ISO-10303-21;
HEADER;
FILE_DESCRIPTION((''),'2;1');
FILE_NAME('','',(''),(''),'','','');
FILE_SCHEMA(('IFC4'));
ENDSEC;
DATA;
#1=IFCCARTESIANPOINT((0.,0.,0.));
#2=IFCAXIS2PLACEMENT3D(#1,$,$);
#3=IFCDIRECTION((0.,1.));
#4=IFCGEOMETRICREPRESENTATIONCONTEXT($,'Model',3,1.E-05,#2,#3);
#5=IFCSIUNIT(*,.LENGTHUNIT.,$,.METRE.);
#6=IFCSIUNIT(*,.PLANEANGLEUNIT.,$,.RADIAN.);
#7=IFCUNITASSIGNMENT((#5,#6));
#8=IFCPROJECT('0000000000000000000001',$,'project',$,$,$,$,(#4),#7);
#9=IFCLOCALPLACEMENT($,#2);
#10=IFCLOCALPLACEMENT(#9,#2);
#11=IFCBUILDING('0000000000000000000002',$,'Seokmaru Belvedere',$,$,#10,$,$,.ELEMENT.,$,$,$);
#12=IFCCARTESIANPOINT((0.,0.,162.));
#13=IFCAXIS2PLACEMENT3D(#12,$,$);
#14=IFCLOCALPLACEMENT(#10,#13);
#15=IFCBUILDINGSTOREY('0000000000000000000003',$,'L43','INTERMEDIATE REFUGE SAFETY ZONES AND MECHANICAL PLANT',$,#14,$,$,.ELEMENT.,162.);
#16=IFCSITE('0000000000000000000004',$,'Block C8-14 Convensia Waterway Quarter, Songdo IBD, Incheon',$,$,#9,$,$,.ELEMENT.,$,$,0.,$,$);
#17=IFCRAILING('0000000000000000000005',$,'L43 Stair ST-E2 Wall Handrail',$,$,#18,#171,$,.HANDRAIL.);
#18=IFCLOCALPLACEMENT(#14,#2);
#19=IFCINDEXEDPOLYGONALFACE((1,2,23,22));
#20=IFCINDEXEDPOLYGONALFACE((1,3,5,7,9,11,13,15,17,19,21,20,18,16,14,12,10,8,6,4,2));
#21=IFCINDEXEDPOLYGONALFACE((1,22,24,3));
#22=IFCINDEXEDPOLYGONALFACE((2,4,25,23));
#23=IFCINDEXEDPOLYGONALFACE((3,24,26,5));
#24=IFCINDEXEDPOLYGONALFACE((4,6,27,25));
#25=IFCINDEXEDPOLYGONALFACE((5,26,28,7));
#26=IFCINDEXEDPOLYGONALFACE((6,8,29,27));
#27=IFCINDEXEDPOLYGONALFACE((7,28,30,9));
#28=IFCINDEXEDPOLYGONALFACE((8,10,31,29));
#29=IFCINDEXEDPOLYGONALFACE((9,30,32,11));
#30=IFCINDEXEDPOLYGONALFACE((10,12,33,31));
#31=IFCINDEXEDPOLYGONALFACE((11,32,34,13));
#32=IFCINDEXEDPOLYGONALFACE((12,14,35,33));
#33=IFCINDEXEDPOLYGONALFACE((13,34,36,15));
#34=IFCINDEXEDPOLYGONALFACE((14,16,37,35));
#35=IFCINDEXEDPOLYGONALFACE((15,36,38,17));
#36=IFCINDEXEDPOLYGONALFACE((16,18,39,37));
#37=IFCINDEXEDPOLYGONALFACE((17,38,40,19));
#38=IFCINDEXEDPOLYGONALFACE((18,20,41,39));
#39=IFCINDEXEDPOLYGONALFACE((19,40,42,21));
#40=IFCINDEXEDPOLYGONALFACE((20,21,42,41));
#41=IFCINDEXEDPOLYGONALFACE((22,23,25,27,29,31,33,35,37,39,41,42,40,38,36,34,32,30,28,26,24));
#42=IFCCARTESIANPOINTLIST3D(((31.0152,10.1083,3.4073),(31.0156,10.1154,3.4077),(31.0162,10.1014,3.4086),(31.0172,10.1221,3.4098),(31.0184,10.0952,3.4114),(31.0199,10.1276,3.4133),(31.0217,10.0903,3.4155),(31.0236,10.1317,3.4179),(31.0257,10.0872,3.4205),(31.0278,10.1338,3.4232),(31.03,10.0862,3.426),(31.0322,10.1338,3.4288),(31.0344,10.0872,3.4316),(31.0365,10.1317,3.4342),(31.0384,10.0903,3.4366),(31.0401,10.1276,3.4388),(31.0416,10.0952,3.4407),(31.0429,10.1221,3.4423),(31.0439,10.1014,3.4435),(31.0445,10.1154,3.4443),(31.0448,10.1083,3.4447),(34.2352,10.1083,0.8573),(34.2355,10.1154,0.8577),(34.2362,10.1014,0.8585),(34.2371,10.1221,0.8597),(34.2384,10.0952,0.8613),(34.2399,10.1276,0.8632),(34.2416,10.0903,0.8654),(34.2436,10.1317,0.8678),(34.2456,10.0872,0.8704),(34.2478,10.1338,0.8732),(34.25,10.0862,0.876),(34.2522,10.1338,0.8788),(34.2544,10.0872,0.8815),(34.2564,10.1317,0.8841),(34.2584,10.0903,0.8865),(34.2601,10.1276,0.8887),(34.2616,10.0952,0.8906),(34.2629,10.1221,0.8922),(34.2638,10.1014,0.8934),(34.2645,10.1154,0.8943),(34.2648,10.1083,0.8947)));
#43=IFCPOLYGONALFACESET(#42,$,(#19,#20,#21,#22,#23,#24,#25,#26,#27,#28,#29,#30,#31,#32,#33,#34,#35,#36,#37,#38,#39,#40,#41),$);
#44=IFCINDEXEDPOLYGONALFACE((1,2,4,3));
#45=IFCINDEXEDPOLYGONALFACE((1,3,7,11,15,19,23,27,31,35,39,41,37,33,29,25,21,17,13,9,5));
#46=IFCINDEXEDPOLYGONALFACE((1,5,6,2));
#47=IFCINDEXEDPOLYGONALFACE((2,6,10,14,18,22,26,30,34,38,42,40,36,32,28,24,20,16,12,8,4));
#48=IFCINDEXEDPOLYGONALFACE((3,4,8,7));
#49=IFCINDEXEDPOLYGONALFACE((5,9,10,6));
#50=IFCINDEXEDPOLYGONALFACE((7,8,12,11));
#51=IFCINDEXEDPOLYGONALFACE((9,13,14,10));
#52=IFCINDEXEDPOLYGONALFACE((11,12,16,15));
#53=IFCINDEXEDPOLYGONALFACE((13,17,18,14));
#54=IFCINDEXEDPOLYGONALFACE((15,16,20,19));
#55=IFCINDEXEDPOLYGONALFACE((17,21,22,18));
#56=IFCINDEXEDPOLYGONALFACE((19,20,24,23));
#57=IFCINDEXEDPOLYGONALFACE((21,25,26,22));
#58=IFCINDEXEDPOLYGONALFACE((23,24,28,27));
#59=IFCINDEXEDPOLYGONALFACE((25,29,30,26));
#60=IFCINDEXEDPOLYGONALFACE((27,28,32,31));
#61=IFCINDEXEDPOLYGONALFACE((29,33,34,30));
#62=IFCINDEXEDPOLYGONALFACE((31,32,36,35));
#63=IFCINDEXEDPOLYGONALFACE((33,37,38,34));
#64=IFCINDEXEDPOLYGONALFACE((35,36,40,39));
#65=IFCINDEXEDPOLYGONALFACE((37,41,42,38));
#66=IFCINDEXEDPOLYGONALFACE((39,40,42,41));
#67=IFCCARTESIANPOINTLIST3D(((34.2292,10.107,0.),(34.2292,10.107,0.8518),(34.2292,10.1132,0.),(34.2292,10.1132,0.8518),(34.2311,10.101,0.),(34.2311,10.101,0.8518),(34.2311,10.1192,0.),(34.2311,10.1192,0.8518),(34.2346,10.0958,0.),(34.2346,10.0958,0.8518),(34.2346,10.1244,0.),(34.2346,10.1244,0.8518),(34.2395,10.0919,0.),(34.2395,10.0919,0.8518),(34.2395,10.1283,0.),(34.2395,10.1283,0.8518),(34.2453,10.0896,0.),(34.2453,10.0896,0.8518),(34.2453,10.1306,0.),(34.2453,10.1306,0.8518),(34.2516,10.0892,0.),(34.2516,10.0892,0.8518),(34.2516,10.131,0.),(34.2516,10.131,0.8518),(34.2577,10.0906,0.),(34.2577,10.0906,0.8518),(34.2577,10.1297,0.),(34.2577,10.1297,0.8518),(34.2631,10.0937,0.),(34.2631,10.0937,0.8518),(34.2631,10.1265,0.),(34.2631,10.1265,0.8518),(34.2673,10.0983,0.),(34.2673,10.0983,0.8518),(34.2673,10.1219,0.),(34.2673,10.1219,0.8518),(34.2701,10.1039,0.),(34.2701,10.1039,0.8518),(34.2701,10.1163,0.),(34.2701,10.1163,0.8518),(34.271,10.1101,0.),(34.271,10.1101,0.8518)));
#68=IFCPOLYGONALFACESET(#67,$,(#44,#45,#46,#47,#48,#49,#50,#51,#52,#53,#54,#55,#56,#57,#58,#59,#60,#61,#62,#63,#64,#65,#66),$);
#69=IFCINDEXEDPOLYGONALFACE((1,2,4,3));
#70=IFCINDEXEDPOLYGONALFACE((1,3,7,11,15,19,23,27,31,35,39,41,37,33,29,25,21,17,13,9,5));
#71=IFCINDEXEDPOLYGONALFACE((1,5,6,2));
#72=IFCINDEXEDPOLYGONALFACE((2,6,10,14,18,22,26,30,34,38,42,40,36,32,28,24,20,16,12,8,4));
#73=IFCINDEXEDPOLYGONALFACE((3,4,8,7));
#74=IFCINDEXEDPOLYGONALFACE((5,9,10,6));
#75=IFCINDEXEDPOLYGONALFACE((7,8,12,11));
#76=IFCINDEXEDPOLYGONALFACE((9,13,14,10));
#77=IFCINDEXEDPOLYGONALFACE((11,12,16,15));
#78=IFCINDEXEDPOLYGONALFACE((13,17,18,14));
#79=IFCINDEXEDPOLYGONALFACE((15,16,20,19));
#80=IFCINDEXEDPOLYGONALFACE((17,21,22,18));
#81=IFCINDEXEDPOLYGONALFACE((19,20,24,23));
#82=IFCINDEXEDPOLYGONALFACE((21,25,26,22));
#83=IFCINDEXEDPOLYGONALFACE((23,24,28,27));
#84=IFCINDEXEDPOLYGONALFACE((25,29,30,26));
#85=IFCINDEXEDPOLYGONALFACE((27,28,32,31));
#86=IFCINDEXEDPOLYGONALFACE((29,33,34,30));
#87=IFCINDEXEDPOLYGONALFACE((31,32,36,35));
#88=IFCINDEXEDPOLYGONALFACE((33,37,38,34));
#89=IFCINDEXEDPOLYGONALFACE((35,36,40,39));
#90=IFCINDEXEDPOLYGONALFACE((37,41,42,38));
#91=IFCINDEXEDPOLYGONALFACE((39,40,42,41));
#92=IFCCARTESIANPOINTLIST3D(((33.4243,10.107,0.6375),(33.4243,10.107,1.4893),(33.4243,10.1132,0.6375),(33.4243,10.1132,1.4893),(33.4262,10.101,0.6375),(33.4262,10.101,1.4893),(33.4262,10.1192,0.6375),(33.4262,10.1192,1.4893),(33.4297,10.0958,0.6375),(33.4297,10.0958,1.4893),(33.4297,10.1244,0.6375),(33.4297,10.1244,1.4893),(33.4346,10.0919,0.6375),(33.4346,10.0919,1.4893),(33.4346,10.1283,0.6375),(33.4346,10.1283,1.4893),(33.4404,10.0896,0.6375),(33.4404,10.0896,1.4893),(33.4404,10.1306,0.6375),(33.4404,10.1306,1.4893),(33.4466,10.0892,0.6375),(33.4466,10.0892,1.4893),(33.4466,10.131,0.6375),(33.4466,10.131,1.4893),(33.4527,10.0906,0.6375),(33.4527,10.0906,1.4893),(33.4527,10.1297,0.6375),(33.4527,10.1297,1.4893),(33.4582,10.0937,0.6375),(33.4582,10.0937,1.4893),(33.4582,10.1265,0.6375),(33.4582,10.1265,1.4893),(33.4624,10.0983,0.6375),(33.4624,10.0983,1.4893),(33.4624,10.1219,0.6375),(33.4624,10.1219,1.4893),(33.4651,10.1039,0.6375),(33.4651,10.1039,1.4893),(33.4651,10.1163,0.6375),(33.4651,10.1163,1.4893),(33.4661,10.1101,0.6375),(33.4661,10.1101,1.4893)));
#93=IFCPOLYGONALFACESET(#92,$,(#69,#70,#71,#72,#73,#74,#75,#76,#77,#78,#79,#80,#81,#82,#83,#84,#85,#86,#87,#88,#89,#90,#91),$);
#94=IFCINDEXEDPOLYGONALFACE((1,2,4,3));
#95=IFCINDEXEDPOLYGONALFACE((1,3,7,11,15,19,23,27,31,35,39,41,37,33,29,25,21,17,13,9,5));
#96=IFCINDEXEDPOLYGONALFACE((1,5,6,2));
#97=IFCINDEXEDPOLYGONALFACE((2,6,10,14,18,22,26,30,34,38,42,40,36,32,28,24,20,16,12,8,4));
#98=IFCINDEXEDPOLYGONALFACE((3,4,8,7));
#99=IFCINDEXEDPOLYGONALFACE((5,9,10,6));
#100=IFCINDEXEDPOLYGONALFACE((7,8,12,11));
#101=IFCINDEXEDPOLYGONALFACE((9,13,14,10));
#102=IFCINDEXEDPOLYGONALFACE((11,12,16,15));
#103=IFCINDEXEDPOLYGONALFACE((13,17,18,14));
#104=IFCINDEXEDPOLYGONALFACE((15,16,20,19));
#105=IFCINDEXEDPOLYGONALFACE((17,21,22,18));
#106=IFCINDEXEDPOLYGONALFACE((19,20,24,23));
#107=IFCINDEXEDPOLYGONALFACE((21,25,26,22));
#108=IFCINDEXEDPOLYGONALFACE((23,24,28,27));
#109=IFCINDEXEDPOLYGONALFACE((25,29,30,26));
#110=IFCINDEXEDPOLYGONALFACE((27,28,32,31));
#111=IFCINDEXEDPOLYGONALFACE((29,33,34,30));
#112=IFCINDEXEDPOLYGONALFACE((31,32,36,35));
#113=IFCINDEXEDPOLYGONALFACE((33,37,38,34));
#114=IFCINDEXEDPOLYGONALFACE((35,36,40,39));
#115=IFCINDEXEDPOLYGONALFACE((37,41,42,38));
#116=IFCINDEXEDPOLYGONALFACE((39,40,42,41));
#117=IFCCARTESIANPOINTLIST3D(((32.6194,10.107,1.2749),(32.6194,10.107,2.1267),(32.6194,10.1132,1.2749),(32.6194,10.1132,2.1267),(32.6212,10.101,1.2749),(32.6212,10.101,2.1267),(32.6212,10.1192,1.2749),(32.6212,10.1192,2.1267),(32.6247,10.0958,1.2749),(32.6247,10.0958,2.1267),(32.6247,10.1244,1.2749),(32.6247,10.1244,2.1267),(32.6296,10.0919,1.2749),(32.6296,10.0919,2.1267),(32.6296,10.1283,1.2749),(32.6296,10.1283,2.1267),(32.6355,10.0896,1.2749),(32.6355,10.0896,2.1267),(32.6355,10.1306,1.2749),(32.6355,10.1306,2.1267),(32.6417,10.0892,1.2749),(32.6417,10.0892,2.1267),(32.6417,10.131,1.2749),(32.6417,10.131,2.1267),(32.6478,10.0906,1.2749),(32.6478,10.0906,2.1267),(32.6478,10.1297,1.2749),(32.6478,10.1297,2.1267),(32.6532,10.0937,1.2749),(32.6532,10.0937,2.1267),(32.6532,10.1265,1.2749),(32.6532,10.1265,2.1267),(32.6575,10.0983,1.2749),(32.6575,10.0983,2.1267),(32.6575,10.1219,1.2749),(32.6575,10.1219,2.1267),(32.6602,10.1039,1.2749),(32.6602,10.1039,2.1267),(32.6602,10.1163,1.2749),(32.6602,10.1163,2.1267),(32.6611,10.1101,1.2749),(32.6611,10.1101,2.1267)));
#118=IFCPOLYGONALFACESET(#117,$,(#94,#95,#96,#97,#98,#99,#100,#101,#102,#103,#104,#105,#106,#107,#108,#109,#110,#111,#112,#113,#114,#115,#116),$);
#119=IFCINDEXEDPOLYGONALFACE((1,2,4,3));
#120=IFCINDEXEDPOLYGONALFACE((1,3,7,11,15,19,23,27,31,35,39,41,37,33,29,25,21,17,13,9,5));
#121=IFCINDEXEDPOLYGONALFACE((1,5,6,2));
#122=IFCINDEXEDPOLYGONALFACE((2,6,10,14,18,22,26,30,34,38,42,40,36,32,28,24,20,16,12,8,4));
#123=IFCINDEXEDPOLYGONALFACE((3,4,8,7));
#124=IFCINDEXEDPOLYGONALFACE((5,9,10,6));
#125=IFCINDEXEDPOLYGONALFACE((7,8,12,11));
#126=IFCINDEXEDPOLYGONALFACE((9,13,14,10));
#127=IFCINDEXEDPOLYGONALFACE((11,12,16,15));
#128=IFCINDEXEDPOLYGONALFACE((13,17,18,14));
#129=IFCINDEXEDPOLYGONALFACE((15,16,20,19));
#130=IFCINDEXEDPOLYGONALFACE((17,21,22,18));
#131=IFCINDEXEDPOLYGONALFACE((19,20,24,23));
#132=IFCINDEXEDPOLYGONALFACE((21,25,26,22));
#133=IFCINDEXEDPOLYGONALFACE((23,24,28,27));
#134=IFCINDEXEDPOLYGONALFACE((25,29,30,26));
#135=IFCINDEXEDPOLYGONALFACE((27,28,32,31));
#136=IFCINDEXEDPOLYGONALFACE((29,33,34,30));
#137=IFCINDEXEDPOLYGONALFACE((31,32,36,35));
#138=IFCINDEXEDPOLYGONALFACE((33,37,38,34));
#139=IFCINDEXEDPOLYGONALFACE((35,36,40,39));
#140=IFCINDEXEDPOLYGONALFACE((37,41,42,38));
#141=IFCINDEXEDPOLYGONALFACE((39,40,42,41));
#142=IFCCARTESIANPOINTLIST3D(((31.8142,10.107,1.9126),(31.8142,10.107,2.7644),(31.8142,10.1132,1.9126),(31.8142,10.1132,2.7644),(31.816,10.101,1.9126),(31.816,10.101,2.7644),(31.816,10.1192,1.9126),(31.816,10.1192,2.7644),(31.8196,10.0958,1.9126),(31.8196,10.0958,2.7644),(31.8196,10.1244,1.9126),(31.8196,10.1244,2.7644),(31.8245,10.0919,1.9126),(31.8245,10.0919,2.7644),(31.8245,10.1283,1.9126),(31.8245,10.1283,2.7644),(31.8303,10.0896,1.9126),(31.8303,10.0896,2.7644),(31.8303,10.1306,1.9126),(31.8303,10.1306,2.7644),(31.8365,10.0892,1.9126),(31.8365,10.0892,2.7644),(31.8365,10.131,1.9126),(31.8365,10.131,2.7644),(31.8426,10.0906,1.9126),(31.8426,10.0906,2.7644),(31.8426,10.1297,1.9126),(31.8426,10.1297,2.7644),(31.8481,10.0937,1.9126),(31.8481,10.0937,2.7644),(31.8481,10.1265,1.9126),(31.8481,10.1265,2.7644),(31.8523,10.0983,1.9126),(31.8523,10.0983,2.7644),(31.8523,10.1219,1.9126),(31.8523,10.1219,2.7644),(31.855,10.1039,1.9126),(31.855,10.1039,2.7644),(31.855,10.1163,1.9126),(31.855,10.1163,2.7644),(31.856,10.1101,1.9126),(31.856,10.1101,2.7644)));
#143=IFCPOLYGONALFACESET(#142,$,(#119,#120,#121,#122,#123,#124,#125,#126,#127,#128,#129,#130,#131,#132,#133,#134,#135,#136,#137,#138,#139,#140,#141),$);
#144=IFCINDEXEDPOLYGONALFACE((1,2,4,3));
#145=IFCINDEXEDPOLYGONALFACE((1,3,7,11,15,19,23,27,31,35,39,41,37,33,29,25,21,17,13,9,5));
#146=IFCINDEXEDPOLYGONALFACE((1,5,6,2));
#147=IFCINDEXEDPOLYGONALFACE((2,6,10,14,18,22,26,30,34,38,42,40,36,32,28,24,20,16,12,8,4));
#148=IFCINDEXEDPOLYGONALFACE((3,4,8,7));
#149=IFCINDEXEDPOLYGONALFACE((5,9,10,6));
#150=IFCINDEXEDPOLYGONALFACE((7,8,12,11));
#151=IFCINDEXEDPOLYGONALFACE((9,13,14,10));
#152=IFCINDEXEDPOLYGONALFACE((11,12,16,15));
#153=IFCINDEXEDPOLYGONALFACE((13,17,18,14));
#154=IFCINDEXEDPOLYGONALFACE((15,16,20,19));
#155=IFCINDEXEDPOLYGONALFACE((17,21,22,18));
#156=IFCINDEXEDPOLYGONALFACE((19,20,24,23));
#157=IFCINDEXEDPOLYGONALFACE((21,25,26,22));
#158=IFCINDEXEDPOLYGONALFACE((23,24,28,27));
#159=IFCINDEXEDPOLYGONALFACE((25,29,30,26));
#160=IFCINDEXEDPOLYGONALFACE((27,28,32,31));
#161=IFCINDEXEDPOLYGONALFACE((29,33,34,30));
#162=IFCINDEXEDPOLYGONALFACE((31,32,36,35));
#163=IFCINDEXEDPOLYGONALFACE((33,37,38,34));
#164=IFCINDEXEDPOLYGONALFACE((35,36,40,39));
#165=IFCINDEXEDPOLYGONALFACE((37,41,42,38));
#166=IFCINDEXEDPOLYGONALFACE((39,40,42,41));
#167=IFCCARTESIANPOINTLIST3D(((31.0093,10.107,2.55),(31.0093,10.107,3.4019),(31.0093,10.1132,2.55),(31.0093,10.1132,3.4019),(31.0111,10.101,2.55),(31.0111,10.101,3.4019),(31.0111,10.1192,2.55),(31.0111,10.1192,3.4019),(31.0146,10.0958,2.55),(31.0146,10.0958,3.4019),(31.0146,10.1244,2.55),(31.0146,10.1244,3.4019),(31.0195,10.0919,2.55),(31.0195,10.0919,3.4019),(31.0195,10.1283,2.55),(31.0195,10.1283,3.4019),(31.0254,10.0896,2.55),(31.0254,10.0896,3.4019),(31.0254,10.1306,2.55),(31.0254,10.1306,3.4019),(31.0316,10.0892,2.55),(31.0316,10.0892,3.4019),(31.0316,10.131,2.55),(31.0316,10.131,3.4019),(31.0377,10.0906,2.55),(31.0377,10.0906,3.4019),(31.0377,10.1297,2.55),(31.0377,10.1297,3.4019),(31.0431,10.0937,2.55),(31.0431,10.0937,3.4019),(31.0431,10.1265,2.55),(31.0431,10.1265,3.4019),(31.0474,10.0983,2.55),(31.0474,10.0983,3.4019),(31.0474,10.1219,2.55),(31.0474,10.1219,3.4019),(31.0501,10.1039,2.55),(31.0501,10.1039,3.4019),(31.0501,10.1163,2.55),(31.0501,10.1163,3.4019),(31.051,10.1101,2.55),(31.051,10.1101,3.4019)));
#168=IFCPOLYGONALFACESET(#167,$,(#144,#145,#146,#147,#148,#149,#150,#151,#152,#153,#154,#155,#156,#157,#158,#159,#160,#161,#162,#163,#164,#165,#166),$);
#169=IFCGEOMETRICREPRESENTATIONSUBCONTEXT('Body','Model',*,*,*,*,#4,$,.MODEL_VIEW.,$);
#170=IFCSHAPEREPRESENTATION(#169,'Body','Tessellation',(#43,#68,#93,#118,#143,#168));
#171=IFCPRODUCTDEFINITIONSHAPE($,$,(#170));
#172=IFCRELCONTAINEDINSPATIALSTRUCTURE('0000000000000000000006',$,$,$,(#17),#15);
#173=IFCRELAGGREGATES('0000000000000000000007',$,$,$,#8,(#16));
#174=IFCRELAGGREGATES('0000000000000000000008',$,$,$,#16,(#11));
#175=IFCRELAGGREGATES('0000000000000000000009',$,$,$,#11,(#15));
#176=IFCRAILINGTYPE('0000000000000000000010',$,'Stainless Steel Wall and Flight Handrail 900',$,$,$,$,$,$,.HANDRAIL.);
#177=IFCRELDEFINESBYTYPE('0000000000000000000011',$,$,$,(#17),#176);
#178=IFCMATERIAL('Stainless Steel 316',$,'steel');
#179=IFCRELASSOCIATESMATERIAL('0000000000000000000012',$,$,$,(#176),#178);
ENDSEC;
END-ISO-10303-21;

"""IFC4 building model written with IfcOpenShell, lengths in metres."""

from ifc_helpers import new_model, si_unit, direction, frame, origin, origin_2d, place, context, subcontext, project, spatial, circle, extrude, material, type_object, element, save


model = new_model("IFC4")

# Units and contexts
model_context = context("Model", 3, precision=1e-05, world=origin(), true_north=direction((0.0, 1.0)))
body_context = subcontext(model_context, "Body", "Model", "MODEL_VIEW")
ifc_project = project(units=[si_unit("LENGTHUNIT", "METRE"), si_unit("PLANEANGLEUNIT", "RADIAN")], contexts=[model_context])

# Site, building, storey
site_placement = place(None, origin())
site = spatial("IfcSite", under=ifc_project, at=site_placement, Name="Block C8-14 Convensia Waterway Quarter, Songdo IBD, Incheon", CompositionType="ELEMENT", RefElevation=0.0)
building_placement = place(site_placement, origin())
building = spatial("IfcBuilding", under=site, at=building_placement, Name="Seokmaru Belvedere", CompositionType="ELEMENT")
storey_placement = place(building_placement, frame((0.0, 0.0, 162.0)))
storey = spatial("IfcBuildingStorey", under=building, at=storey_placement, Name="L43", Description="INTERMEDIATE REFUGE SAFETY ZONES AND MECHANICAL PLANT", CompositionType="ELEMENT", Elevation=162.0)

# Shared definitions
ifc_material_1 = material(Name="Stainless Steel 316", Category="steel")

# Railing
railing_type_1 = type_object("IfcRailingType", Name="Stainless Steel Wall and Flight Handrail 900", PredefinedType="HANDRAIL", material=ifc_material_1)
railing_1_placement = place(storey_placement, frame((34.25, 10.1101, 0.0)))
element("IfcRailing", 1, at=railing_1_placement, inside=storey, type_object=railing_type_1, Name="L43 Stair ST-E2 Wall Handrail", PredefinedType="HANDRAIL", context=body_context, shape_type="SweptSolid", body=[
    extrude(circle(Radius=0.0239, at=origin_2d()), frame((0.0, 0.0, 0.876), z_axis=(-0.783939, 0.0, 0.620838), x_axis=(0.0, -1.0, 0.0)), (0.0, 0.0, 1.0), 4.1074),
    extrude(circle(Radius=0.021, at=origin_2d()), origin(), (0.0, 0.0, 1.0), 0.8518),
    extrude(circle(Radius=0.021, at=origin_2d()), frame((-0.8049, 0.0, 0.6375)), (0.0, 0.0, 1.0), 0.8518),
    extrude(circle(Radius=0.021, at=origin_2d()), frame((-1.6099, 0.0, 1.2749)), (0.0, 0.0, 1.0), 0.8518),
    extrude(circle(Radius=0.021, at=origin_2d()), frame((-2.415, 0.0, 1.9126)), (0.0, 0.0, 1.0), 0.8518),
    extrude(circle(Radius=0.021, at=origin_2d()), frame((-3.22, 0.0, 2.55)), (0.0, 0.0, 1.0), 0.8518),
])

save(model, "model.ifc")
